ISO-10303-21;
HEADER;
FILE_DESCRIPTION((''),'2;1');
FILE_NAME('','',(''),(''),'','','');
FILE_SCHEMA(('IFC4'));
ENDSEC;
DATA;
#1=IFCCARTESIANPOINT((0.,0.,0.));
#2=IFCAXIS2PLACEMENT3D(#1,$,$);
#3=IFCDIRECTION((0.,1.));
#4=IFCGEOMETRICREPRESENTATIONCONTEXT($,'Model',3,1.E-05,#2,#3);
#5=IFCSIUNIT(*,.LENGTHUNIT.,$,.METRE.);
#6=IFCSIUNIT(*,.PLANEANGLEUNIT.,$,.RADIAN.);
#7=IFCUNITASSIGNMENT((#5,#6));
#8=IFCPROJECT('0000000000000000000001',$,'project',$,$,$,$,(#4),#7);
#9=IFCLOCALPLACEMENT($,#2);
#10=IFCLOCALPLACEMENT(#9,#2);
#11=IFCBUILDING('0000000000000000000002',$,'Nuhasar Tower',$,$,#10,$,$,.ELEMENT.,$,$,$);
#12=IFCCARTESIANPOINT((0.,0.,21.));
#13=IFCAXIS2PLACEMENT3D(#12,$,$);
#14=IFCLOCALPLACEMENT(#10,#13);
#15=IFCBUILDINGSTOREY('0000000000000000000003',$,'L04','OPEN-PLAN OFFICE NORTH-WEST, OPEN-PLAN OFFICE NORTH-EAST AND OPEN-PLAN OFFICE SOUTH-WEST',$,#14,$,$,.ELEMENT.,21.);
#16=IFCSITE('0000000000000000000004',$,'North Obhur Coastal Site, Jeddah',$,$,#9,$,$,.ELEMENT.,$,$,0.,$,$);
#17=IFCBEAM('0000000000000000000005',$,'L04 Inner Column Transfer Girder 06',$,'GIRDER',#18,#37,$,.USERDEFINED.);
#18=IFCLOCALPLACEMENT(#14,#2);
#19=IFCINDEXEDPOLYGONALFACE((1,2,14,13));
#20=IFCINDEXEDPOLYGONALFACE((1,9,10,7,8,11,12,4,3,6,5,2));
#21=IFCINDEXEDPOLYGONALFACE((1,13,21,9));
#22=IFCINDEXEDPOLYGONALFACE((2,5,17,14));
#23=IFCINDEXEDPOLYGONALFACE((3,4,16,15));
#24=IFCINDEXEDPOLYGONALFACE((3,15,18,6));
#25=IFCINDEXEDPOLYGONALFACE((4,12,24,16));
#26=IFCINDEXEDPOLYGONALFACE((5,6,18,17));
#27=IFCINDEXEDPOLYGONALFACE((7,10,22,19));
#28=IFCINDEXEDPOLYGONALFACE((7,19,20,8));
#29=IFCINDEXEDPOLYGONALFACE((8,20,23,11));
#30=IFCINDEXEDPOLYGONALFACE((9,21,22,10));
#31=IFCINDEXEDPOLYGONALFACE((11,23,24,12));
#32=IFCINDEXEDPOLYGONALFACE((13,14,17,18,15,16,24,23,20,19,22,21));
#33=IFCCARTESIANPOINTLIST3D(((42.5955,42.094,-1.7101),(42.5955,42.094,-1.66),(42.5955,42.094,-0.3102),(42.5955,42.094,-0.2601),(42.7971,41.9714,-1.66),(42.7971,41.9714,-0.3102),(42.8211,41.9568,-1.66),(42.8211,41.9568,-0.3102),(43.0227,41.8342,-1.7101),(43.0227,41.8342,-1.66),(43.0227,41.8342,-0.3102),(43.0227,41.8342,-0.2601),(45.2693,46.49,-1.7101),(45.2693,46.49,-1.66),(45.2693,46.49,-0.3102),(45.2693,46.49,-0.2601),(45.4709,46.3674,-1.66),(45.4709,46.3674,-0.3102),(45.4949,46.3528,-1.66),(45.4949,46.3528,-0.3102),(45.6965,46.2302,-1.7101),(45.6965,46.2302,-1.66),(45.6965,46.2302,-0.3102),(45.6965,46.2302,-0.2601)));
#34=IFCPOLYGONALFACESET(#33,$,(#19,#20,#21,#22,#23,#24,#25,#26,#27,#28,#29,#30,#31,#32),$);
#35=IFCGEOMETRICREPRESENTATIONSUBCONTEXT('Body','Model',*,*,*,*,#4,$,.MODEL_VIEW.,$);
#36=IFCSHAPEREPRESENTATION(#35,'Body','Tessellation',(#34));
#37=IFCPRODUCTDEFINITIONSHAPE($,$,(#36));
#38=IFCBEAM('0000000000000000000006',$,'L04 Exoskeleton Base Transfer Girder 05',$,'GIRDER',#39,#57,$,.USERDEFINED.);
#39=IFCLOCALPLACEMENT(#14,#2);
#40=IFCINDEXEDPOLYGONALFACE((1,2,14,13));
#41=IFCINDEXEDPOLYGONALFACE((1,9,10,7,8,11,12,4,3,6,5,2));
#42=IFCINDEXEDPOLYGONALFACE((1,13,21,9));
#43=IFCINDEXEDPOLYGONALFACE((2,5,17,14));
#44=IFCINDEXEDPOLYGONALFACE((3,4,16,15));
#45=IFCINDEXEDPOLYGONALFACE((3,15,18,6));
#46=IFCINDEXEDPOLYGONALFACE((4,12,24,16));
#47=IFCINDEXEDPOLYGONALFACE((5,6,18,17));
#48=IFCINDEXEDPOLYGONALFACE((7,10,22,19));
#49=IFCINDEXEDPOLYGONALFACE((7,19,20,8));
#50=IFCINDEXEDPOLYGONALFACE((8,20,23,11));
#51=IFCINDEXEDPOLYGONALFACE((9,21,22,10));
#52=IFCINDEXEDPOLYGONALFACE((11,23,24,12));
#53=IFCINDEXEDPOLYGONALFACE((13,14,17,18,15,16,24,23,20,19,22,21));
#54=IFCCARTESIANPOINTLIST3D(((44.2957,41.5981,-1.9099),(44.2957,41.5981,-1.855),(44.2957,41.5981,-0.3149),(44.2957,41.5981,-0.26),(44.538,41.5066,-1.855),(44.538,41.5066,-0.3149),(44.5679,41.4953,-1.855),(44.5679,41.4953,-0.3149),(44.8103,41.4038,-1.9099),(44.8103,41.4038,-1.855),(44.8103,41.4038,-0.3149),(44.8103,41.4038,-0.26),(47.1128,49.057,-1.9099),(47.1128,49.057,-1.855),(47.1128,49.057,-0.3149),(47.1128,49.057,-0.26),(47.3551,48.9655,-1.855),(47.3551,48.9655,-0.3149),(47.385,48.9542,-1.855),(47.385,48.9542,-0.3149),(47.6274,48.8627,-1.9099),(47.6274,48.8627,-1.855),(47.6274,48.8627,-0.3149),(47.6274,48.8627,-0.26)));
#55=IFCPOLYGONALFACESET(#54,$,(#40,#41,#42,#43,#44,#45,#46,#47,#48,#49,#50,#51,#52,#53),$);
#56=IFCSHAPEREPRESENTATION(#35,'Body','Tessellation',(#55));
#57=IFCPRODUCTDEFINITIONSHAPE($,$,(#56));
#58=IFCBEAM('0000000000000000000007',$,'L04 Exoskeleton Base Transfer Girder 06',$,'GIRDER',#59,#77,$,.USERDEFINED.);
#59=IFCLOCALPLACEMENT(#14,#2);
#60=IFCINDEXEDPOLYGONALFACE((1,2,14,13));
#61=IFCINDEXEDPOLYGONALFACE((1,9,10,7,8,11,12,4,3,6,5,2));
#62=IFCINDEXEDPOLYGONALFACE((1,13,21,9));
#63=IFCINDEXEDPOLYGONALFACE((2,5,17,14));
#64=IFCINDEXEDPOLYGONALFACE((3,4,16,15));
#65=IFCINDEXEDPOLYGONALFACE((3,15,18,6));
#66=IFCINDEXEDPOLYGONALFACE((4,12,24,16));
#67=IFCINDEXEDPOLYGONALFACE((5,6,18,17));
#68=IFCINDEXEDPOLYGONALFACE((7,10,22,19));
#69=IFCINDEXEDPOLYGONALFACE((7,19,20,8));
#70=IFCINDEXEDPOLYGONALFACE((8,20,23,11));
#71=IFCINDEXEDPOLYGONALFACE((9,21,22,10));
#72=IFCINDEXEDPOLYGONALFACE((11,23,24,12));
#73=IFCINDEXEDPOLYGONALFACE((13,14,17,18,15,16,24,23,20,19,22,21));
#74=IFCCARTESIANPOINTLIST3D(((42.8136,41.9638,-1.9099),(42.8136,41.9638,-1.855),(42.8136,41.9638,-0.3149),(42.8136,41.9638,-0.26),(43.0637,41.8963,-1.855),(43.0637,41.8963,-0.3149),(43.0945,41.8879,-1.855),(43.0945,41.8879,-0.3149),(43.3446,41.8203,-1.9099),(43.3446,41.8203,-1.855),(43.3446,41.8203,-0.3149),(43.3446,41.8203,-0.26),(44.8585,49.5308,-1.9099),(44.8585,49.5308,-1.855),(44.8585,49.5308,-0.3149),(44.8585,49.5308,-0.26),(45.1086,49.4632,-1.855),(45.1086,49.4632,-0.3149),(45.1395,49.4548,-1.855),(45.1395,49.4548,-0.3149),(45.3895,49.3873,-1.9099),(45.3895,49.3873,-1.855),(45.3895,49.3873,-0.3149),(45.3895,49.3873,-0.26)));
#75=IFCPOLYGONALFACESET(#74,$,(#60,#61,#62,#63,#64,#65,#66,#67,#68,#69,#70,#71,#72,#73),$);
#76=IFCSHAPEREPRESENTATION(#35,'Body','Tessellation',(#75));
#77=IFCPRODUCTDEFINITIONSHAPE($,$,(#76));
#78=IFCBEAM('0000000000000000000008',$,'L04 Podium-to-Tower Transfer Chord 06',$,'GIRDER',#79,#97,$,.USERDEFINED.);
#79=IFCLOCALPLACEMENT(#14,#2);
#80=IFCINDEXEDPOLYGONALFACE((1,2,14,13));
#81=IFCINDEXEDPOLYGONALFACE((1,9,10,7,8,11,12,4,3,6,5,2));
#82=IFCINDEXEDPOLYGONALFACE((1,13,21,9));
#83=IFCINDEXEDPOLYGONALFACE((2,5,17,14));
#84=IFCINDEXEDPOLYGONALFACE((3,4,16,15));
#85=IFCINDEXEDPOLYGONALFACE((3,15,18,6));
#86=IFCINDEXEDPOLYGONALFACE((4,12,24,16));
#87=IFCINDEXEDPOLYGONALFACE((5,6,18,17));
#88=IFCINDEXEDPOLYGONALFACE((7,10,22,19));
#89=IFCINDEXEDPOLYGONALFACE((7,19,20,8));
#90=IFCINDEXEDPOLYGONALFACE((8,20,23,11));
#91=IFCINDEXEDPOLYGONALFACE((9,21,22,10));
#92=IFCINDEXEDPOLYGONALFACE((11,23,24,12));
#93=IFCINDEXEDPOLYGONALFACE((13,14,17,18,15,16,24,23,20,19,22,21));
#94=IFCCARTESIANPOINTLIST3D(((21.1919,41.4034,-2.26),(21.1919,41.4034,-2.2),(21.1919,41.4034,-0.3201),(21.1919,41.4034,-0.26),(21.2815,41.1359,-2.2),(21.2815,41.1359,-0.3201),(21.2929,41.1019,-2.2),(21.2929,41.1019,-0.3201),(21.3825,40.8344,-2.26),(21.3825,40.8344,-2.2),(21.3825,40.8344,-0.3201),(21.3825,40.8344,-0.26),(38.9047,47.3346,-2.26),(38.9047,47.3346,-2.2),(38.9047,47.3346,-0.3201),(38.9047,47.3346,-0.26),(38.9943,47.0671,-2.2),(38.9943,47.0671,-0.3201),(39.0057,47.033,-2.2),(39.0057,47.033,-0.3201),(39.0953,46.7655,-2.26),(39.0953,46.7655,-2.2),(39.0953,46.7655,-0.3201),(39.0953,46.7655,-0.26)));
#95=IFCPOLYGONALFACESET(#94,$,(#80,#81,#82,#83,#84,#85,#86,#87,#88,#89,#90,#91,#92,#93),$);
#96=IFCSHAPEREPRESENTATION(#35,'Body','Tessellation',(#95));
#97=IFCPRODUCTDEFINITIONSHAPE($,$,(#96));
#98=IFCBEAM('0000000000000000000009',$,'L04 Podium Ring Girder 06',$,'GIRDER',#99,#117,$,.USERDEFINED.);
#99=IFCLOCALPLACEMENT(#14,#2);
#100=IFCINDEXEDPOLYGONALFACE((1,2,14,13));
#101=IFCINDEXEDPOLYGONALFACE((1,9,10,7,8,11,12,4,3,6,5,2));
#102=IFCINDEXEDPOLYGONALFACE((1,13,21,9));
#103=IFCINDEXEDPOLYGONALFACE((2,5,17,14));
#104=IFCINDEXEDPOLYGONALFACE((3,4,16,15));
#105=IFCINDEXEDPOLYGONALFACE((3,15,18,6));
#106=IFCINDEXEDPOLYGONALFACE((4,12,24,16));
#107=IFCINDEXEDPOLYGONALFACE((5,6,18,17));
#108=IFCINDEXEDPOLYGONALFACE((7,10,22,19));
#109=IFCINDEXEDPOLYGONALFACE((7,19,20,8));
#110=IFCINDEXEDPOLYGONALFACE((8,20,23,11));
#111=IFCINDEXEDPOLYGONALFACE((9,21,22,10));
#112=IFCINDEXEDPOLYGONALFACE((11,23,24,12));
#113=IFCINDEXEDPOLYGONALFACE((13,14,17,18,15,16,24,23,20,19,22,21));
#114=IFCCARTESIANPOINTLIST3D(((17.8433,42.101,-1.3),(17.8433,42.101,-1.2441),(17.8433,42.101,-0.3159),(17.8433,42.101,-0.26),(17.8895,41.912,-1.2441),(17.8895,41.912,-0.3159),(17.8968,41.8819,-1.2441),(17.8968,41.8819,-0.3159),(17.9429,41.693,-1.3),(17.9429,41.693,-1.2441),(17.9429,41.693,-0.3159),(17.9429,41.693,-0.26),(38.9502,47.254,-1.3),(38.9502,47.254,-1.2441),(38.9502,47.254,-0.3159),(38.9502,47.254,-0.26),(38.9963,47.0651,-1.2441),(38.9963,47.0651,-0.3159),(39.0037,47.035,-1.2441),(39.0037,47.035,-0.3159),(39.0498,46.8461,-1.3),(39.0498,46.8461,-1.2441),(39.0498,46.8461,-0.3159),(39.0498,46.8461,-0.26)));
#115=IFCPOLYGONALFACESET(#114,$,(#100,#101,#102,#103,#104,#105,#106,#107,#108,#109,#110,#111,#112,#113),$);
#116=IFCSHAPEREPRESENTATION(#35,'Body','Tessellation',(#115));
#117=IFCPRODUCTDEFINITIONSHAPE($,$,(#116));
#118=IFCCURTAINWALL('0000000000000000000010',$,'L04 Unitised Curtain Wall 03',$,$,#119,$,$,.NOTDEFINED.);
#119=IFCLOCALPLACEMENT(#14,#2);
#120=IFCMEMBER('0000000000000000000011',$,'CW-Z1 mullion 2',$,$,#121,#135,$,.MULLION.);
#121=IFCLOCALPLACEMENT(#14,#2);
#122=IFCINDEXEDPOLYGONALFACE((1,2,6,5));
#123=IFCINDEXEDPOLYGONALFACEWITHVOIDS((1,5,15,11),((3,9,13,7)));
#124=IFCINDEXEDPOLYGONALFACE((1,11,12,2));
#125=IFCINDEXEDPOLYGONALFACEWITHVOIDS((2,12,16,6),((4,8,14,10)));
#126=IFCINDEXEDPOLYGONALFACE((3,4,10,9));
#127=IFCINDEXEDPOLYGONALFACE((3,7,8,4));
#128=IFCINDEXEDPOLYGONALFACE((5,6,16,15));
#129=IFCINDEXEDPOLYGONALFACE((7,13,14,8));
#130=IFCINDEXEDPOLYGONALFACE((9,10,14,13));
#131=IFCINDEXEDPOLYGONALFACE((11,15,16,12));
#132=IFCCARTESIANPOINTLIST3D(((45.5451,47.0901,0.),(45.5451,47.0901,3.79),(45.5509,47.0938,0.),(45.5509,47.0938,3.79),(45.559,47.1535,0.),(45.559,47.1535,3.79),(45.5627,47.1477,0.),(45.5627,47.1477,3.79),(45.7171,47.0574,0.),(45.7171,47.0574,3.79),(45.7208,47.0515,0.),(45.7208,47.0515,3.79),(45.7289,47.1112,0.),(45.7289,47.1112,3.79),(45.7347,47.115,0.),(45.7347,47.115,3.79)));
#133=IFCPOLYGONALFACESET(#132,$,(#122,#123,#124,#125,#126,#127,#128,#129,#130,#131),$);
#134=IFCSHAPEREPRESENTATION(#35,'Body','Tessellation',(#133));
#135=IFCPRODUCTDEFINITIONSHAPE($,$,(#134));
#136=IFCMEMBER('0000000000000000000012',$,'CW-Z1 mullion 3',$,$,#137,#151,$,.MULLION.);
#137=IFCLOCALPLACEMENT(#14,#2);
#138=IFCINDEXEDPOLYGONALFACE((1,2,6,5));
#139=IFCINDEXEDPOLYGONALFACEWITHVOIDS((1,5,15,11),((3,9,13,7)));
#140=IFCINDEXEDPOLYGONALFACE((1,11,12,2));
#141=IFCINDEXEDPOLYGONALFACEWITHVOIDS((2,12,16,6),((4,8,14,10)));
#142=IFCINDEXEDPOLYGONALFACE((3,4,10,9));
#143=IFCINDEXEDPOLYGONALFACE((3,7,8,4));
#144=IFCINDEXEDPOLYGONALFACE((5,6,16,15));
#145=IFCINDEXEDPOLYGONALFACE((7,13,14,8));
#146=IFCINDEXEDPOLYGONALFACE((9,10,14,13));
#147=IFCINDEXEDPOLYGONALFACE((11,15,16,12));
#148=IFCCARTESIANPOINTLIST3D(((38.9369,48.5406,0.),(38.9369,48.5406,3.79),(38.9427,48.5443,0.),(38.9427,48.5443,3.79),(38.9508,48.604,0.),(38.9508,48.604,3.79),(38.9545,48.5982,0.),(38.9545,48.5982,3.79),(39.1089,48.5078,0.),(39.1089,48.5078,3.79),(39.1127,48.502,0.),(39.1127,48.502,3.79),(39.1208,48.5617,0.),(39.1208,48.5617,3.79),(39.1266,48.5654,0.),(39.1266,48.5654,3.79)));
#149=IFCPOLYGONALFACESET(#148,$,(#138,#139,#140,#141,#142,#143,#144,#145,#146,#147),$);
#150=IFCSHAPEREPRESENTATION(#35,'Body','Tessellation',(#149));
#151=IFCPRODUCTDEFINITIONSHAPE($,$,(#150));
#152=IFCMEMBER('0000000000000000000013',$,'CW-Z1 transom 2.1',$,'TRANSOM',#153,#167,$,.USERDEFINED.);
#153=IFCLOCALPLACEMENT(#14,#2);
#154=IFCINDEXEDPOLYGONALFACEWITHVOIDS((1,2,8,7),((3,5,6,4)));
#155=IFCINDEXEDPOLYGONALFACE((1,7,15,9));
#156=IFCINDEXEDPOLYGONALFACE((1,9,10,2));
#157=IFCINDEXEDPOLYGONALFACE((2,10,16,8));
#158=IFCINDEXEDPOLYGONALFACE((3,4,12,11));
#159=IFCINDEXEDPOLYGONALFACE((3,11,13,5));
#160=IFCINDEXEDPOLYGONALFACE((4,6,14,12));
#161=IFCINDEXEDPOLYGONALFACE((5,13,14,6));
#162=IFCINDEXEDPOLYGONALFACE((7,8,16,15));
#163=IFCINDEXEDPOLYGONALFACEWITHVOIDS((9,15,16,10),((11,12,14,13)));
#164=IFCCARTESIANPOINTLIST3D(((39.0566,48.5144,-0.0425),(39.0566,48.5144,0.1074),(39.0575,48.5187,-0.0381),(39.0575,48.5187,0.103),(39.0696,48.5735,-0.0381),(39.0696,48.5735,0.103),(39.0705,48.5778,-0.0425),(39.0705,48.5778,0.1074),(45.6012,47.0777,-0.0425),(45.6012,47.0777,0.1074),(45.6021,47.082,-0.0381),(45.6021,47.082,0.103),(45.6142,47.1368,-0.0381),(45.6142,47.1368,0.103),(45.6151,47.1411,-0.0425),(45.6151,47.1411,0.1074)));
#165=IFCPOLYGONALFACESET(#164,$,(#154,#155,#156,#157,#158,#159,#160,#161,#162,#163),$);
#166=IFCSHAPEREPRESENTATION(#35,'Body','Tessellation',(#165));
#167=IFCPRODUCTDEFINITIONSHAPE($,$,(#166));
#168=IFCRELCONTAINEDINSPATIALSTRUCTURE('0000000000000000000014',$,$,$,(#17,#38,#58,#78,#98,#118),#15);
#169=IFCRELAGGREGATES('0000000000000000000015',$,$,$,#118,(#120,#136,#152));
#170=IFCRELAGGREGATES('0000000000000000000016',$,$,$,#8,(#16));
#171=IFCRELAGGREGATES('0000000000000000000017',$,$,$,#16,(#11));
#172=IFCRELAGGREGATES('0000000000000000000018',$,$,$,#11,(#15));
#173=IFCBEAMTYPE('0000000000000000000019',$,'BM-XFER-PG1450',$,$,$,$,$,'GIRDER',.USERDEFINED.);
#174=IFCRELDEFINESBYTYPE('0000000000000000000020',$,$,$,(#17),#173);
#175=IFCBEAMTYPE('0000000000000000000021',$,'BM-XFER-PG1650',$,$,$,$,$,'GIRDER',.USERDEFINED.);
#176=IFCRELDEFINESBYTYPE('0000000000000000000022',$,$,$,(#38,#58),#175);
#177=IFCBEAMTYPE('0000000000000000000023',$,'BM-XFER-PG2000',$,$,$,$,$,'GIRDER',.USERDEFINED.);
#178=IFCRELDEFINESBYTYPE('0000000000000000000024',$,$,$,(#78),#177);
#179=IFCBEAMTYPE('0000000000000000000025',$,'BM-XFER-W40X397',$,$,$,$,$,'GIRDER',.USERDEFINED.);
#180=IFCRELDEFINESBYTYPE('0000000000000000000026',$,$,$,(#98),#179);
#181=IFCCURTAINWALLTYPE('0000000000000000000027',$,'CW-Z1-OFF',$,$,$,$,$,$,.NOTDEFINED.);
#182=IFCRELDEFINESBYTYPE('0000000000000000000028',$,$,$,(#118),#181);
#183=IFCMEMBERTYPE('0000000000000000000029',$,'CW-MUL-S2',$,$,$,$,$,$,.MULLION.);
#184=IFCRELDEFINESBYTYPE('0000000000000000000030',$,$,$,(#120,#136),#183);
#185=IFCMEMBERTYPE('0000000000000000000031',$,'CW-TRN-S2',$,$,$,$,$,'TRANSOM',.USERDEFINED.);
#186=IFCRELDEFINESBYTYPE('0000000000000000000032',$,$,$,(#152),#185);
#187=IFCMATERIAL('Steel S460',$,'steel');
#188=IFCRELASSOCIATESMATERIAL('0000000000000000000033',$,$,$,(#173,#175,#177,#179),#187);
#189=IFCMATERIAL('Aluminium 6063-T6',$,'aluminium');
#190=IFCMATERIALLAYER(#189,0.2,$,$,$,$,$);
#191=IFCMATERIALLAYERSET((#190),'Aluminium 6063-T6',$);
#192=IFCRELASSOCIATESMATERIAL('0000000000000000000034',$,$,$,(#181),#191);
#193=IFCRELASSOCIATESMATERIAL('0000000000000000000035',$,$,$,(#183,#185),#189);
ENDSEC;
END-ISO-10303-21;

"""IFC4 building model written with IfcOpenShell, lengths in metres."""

from ifc_helpers import new_model, si_unit, direction, frame, origin, origin_2d, place, context, subcontext, project, spatial, hollow_rectangle, i_section, extrude, material, layer, layer_set, material_profile, profile_set, type_object, element, aggregate, save


model = new_model("IFC4")

# Units and contexts
model_context = context("Model", 3, precision=1e-05, world=origin(), true_north=direction((0.0, 1.0)))
body_context = subcontext(model_context, "Body", "Model", "MODEL_VIEW")
ifc_project = project(units=[si_unit("LENGTHUNIT", "METRE"), si_unit("PLANEANGLEUNIT", "RADIAN")], contexts=[model_context])

# Site, building, storey
site_placement = place(None, origin())
site = spatial("IfcSite", under=ifc_project, at=site_placement, Name="North Obhur Coastal Site, Jeddah", CompositionType="ELEMENT", RefElevation=0.0)
building_placement = place(site_placement, origin())
building = spatial("IfcBuilding", under=site, at=building_placement, Name="Nuhasar Tower", CompositionType="ELEMENT")
storey_placement = place(building_placement, frame((0.0, 0.0, 21.0)))
storey = spatial("IfcBuildingStorey", under=building, at=storey_placement, Name="L04", Description="OPEN-PLAN OFFICE NORTH-WEST, OPEN-PLAN OFFICE NORTH-EAST AND OPEN-PLAN OFFICE SOUTH-WEST", CompositionType="ELEMENT", Elevation=21.0)

# Beams
ifc_material_1 = material(Name="Steel S460", Category="steel")
ifc_material_profile_1 = material_profile(ifc_material_1, i_section(OverallWidth=0.5, OverallDepth=1.45, WebThickness=0.0281, FlangeThickness=0.05, at=origin_2d()), Name="PG1450X500")
ifc_profile_set_1 = profile_set([ifc_material_profile_1], Name="Steel S460")
beam_type_1 = type_object("IfcBeamType", Name="BM-XFER-PG1450", ElementType="GIRDER", PredefinedType="USERDEFINED", material=ifc_profile_set_1)
beam_1_placement = place(storey_placement, frame((42.8091, 41.9641, -0.9851), z_axis=(0.519664, 0.854371, 0.0), x_axis=(-0.854371, 0.519664, 0.0)))
element("IfcBeam", 1, at=beam_1_placement, inside=storey, type_object=beam_type_1, Name="L04 Inner Column Transfer Girder 06", ObjectType="GIRDER", PredefinedType="USERDEFINED", context=body_context, shape_type="SweptSolid", body=[
    extrude(i_section(OverallWidth=0.5, OverallDepth=1.45, WebThickness=0.0281, FlangeThickness=0.05, at=origin_2d()), origin(), (0.0, 0.0, 1.0), 5.1453),
])
ifc_material_profile_2 = material_profile(ifc_material_1, i_section(OverallWidth=0.55, OverallDepth=1.6499, WebThickness=0.032, FlangeThickness=0.0549, at=origin_2d()), Name="PG1650X550")
ifc_profile_set_2 = profile_set([ifc_material_profile_2], Name="Steel S460")
beam_type_2 = type_object("IfcBeamType", Name="BM-XFER-PG1650", ElementType="GIRDER", PredefinedType="USERDEFINED", material=ifc_profile_set_2)
beam_2_placement = place(storey_placement, frame((44.553, 41.501, -1.085), z_axis=(0.353324, 0.935501, 0.0), x_axis=(-0.935501, 0.353324, 0.0)))
element("IfcBeam", 2, at=beam_2_placement, inside=storey, type_object=beam_type_2, Name="L04 Exoskeleton Base Transfer Girder 05", ObjectType="GIRDER", PredefinedType="USERDEFINED", context=body_context, shape_type="SweptSolid", body=[
    extrude(i_section(OverallWidth=0.55, OverallDepth=1.6499, WebThickness=0.032, FlangeThickness=0.0549, at=origin_2d()), origin(), (0.0, 0.0, 1.0), 7.9731),
])
beam_3_placement = place(storey_placement, frame((43.0791, 41.8921, -1.085), z_axis=(0.260887, 0.965369, 0.0), x_axis=(-0.965369, 0.260887, 0.0)))
element("IfcBeam", 3, at=beam_3_placement, inside=storey, type_object=beam_type_2, Name="L04 Exoskeleton Base Transfer Girder 06", ObjectType="GIRDER", PredefinedType="USERDEFINED", context=body_context, shape_type="SweptSolid", body=[
    extrude(i_section(OverallWidth=0.55, OverallDepth=1.6499, WebThickness=0.032, FlangeThickness=0.0549, at=origin_2d()), origin(), (0.0, 0.0, 1.0), 7.8384),
])
ifc_material_profile_3 = material_profile(ifc_material_1, i_section(OverallWidth=0.6001, OverallDepth=2.0, WebThickness=0.0359, FlangeThickness=0.0601, at=origin_2d()), Name="PG2000X600")
ifc_profile_set_3 = profile_set([ifc_material_profile_3], Name="Steel S460")
beam_type_3 = type_object("IfcBeamType", Name="BM-XFER-PG2000", ElementType="GIRDER", PredefinedType="USERDEFINED", material=ifc_profile_set_3)
beam_4_placement = place(storey_placement, frame((39.0, 47.05, -1.26), z_axis=(-0.948251, -0.317521, 0.0), x_axis=(0.317521, -0.948251, 0.0)))
element("IfcBeam", 4, at=beam_4_placement, inside=storey, type_object=beam_type_3, Name="L04 Podium-to-Tower Transfer Chord 06", ObjectType="GIRDER", PredefinedType="USERDEFINED", context=body_context, shape_type="SweptSolid", body=[
    extrude(i_section(OverallWidth=0.6001, OverallDepth=2.0, WebThickness=0.0359, FlangeThickness=0.0601, at=origin_2d()), origin(), (0.0, 0.0, 1.0), 18.6794),
])
ifc_material_profile_4 = material_profile(ifc_material_1, i_section(OverallWidth=0.4199, OverallDepth=1.04, WebThickness=0.031, FlangeThickness=0.0559, at=origin_2d()), Name="W40X397")
ifc_profile_set_4 = profile_set([ifc_material_profile_4], Name="Steel S460")
beam_type_4 = type_object("IfcBeamType", Name="BM-XFER-W40X397", ElementType="GIRDER", PredefinedType="USERDEFINED", material=ifc_profile_set_4)
beam_5_placement = place(storey_placement, frame((39.0, 47.05, -0.78), z_axis=(-0.971467, -0.237175, 0.0), x_axis=(0.237175, -0.971467, 0.0)))
element("IfcBeam", 5, at=beam_5_placement, inside=storey, type_object=beam_type_4, Name="L04 Podium Ring Girder 06", ObjectType="GIRDER", PredefinedType="USERDEFINED", context=body_context, shape_type="SweptSolid", body=[
    extrude(i_section(OverallWidth=0.4199, OverallDepth=1.04, WebThickness=0.031, FlangeThickness=0.0559, at=origin_2d()), origin(), (0.0, 0.0, 1.0), 21.7268),
])

# Curtain wall, members
ifc_material_2 = material(Name="Aluminium 6063-T6", Category="aluminium")
ifc_layer_1 = layer(ifc_material_2, 0.2)
ifc_layer_set_1 = layer_set([ifc_layer_1], Name="Aluminium 6063-T6")
curtain_wall_type = type_object("IfcCurtainWallType", Name="CW-Z1-OFF", PredefinedType="NOTDEFINED", material=ifc_layer_set_1)
curtain_wall_placement = place(storey_placement, origin())
curtain_wall = element("IfcCurtainWall", 6, at=curtain_wall_placement, inside=storey, type_object=curtain_wall_type, Name="L04 Unitised Curtain Wall 03", PredefinedType="NOTDEFINED")
ifc_material_profile_5 = material_profile(ifc_material_2, hollow_rectangle(XDim=0.0649, YDim=0.1799, WallThickness=0.0049, at=origin_2d()), Name="CWM-2")
ifc_profile_set_5 = profile_set([ifc_material_profile_5], Name="Aluminium 6063-T6")
member_type_1 = type_object("IfcMemberType", Name="CW-MUL-S2", PredefinedType="MULLION", material=ifc_profile_set_5)
member_1_placement = place(storey_placement, frame((45.6399, 47.1025, 0.0), z_axis=(0.0, 0.0, 1.0), x_axis=(-0.214399, -0.976746, 0.0)))
member_1 = element("IfcMember", 7, at=member_1_placement, type_object=member_type_1, Name="CW-Z1 mullion 2", PredefinedType="MULLION", context=body_context, shape_type="SweptSolid", body=[
    extrude(hollow_rectangle(XDim=0.0649, YDim=0.1799, WallThickness=0.0049, at=origin_2d()), origin(), (0.0, 0.0, 1.0), 3.79),
])
member_2_placement = place(storey_placement, frame((39.0317, 48.553, 0.0), z_axis=(0.0, 0.0, 1.0), x_axis=(-0.214399, -0.976746, 0.0)))
member_2 = element("IfcMember", 8, at=member_2_placement, type_object=member_type_1, Name="CW-Z1 mullion 3", PredefinedType="MULLION", context=body_context, shape_type="SweptSolid", body=[
    extrude(hollow_rectangle(XDim=0.0649, YDim=0.1799, WallThickness=0.0049, at=origin_2d()), origin(), (0.0, 0.0, 1.0), 3.79),
])
ifc_material_profile_6 = material_profile(ifc_material_2, hollow_rectangle(XDim=0.0649, YDim=0.1499, WallThickness=0.0044, at=origin_2d()), Name="CWT-2")
ifc_profile_set_6 = profile_set([ifc_material_profile_6], Name="Aluminium 6063-T6")
member_type_2 = type_object("IfcMemberType", Name="CW-TRN-S2", ElementType="TRANSOM", PredefinedType="USERDEFINED", material=ifc_profile_set_6)
member_3_placement = place(storey_placement, frame((45.6082, 47.1094, 0.0325), z_axis=(-0.97674, 0.214426, 0.0), x_axis=(-0.214426, -0.97674, 0.0)))
member_3 = element("IfcMember", 9, at=member_3_placement, type_object=member_type_2, Name="CW-Z1 transom 2.1", ObjectType="TRANSOM", PredefinedType="USERDEFINED", context=body_context, shape_type="SweptSolid", body=[
    extrude(hollow_rectangle(XDim=0.0649, YDim=0.1499, WallThickness=0.0044, at=origin_2d()), origin(), (0.0, 0.0, 1.0), 6.7004),
])

aggregate(curtain_wall, [member_1, member_2, member_3])

save(model, "model.ifc")
